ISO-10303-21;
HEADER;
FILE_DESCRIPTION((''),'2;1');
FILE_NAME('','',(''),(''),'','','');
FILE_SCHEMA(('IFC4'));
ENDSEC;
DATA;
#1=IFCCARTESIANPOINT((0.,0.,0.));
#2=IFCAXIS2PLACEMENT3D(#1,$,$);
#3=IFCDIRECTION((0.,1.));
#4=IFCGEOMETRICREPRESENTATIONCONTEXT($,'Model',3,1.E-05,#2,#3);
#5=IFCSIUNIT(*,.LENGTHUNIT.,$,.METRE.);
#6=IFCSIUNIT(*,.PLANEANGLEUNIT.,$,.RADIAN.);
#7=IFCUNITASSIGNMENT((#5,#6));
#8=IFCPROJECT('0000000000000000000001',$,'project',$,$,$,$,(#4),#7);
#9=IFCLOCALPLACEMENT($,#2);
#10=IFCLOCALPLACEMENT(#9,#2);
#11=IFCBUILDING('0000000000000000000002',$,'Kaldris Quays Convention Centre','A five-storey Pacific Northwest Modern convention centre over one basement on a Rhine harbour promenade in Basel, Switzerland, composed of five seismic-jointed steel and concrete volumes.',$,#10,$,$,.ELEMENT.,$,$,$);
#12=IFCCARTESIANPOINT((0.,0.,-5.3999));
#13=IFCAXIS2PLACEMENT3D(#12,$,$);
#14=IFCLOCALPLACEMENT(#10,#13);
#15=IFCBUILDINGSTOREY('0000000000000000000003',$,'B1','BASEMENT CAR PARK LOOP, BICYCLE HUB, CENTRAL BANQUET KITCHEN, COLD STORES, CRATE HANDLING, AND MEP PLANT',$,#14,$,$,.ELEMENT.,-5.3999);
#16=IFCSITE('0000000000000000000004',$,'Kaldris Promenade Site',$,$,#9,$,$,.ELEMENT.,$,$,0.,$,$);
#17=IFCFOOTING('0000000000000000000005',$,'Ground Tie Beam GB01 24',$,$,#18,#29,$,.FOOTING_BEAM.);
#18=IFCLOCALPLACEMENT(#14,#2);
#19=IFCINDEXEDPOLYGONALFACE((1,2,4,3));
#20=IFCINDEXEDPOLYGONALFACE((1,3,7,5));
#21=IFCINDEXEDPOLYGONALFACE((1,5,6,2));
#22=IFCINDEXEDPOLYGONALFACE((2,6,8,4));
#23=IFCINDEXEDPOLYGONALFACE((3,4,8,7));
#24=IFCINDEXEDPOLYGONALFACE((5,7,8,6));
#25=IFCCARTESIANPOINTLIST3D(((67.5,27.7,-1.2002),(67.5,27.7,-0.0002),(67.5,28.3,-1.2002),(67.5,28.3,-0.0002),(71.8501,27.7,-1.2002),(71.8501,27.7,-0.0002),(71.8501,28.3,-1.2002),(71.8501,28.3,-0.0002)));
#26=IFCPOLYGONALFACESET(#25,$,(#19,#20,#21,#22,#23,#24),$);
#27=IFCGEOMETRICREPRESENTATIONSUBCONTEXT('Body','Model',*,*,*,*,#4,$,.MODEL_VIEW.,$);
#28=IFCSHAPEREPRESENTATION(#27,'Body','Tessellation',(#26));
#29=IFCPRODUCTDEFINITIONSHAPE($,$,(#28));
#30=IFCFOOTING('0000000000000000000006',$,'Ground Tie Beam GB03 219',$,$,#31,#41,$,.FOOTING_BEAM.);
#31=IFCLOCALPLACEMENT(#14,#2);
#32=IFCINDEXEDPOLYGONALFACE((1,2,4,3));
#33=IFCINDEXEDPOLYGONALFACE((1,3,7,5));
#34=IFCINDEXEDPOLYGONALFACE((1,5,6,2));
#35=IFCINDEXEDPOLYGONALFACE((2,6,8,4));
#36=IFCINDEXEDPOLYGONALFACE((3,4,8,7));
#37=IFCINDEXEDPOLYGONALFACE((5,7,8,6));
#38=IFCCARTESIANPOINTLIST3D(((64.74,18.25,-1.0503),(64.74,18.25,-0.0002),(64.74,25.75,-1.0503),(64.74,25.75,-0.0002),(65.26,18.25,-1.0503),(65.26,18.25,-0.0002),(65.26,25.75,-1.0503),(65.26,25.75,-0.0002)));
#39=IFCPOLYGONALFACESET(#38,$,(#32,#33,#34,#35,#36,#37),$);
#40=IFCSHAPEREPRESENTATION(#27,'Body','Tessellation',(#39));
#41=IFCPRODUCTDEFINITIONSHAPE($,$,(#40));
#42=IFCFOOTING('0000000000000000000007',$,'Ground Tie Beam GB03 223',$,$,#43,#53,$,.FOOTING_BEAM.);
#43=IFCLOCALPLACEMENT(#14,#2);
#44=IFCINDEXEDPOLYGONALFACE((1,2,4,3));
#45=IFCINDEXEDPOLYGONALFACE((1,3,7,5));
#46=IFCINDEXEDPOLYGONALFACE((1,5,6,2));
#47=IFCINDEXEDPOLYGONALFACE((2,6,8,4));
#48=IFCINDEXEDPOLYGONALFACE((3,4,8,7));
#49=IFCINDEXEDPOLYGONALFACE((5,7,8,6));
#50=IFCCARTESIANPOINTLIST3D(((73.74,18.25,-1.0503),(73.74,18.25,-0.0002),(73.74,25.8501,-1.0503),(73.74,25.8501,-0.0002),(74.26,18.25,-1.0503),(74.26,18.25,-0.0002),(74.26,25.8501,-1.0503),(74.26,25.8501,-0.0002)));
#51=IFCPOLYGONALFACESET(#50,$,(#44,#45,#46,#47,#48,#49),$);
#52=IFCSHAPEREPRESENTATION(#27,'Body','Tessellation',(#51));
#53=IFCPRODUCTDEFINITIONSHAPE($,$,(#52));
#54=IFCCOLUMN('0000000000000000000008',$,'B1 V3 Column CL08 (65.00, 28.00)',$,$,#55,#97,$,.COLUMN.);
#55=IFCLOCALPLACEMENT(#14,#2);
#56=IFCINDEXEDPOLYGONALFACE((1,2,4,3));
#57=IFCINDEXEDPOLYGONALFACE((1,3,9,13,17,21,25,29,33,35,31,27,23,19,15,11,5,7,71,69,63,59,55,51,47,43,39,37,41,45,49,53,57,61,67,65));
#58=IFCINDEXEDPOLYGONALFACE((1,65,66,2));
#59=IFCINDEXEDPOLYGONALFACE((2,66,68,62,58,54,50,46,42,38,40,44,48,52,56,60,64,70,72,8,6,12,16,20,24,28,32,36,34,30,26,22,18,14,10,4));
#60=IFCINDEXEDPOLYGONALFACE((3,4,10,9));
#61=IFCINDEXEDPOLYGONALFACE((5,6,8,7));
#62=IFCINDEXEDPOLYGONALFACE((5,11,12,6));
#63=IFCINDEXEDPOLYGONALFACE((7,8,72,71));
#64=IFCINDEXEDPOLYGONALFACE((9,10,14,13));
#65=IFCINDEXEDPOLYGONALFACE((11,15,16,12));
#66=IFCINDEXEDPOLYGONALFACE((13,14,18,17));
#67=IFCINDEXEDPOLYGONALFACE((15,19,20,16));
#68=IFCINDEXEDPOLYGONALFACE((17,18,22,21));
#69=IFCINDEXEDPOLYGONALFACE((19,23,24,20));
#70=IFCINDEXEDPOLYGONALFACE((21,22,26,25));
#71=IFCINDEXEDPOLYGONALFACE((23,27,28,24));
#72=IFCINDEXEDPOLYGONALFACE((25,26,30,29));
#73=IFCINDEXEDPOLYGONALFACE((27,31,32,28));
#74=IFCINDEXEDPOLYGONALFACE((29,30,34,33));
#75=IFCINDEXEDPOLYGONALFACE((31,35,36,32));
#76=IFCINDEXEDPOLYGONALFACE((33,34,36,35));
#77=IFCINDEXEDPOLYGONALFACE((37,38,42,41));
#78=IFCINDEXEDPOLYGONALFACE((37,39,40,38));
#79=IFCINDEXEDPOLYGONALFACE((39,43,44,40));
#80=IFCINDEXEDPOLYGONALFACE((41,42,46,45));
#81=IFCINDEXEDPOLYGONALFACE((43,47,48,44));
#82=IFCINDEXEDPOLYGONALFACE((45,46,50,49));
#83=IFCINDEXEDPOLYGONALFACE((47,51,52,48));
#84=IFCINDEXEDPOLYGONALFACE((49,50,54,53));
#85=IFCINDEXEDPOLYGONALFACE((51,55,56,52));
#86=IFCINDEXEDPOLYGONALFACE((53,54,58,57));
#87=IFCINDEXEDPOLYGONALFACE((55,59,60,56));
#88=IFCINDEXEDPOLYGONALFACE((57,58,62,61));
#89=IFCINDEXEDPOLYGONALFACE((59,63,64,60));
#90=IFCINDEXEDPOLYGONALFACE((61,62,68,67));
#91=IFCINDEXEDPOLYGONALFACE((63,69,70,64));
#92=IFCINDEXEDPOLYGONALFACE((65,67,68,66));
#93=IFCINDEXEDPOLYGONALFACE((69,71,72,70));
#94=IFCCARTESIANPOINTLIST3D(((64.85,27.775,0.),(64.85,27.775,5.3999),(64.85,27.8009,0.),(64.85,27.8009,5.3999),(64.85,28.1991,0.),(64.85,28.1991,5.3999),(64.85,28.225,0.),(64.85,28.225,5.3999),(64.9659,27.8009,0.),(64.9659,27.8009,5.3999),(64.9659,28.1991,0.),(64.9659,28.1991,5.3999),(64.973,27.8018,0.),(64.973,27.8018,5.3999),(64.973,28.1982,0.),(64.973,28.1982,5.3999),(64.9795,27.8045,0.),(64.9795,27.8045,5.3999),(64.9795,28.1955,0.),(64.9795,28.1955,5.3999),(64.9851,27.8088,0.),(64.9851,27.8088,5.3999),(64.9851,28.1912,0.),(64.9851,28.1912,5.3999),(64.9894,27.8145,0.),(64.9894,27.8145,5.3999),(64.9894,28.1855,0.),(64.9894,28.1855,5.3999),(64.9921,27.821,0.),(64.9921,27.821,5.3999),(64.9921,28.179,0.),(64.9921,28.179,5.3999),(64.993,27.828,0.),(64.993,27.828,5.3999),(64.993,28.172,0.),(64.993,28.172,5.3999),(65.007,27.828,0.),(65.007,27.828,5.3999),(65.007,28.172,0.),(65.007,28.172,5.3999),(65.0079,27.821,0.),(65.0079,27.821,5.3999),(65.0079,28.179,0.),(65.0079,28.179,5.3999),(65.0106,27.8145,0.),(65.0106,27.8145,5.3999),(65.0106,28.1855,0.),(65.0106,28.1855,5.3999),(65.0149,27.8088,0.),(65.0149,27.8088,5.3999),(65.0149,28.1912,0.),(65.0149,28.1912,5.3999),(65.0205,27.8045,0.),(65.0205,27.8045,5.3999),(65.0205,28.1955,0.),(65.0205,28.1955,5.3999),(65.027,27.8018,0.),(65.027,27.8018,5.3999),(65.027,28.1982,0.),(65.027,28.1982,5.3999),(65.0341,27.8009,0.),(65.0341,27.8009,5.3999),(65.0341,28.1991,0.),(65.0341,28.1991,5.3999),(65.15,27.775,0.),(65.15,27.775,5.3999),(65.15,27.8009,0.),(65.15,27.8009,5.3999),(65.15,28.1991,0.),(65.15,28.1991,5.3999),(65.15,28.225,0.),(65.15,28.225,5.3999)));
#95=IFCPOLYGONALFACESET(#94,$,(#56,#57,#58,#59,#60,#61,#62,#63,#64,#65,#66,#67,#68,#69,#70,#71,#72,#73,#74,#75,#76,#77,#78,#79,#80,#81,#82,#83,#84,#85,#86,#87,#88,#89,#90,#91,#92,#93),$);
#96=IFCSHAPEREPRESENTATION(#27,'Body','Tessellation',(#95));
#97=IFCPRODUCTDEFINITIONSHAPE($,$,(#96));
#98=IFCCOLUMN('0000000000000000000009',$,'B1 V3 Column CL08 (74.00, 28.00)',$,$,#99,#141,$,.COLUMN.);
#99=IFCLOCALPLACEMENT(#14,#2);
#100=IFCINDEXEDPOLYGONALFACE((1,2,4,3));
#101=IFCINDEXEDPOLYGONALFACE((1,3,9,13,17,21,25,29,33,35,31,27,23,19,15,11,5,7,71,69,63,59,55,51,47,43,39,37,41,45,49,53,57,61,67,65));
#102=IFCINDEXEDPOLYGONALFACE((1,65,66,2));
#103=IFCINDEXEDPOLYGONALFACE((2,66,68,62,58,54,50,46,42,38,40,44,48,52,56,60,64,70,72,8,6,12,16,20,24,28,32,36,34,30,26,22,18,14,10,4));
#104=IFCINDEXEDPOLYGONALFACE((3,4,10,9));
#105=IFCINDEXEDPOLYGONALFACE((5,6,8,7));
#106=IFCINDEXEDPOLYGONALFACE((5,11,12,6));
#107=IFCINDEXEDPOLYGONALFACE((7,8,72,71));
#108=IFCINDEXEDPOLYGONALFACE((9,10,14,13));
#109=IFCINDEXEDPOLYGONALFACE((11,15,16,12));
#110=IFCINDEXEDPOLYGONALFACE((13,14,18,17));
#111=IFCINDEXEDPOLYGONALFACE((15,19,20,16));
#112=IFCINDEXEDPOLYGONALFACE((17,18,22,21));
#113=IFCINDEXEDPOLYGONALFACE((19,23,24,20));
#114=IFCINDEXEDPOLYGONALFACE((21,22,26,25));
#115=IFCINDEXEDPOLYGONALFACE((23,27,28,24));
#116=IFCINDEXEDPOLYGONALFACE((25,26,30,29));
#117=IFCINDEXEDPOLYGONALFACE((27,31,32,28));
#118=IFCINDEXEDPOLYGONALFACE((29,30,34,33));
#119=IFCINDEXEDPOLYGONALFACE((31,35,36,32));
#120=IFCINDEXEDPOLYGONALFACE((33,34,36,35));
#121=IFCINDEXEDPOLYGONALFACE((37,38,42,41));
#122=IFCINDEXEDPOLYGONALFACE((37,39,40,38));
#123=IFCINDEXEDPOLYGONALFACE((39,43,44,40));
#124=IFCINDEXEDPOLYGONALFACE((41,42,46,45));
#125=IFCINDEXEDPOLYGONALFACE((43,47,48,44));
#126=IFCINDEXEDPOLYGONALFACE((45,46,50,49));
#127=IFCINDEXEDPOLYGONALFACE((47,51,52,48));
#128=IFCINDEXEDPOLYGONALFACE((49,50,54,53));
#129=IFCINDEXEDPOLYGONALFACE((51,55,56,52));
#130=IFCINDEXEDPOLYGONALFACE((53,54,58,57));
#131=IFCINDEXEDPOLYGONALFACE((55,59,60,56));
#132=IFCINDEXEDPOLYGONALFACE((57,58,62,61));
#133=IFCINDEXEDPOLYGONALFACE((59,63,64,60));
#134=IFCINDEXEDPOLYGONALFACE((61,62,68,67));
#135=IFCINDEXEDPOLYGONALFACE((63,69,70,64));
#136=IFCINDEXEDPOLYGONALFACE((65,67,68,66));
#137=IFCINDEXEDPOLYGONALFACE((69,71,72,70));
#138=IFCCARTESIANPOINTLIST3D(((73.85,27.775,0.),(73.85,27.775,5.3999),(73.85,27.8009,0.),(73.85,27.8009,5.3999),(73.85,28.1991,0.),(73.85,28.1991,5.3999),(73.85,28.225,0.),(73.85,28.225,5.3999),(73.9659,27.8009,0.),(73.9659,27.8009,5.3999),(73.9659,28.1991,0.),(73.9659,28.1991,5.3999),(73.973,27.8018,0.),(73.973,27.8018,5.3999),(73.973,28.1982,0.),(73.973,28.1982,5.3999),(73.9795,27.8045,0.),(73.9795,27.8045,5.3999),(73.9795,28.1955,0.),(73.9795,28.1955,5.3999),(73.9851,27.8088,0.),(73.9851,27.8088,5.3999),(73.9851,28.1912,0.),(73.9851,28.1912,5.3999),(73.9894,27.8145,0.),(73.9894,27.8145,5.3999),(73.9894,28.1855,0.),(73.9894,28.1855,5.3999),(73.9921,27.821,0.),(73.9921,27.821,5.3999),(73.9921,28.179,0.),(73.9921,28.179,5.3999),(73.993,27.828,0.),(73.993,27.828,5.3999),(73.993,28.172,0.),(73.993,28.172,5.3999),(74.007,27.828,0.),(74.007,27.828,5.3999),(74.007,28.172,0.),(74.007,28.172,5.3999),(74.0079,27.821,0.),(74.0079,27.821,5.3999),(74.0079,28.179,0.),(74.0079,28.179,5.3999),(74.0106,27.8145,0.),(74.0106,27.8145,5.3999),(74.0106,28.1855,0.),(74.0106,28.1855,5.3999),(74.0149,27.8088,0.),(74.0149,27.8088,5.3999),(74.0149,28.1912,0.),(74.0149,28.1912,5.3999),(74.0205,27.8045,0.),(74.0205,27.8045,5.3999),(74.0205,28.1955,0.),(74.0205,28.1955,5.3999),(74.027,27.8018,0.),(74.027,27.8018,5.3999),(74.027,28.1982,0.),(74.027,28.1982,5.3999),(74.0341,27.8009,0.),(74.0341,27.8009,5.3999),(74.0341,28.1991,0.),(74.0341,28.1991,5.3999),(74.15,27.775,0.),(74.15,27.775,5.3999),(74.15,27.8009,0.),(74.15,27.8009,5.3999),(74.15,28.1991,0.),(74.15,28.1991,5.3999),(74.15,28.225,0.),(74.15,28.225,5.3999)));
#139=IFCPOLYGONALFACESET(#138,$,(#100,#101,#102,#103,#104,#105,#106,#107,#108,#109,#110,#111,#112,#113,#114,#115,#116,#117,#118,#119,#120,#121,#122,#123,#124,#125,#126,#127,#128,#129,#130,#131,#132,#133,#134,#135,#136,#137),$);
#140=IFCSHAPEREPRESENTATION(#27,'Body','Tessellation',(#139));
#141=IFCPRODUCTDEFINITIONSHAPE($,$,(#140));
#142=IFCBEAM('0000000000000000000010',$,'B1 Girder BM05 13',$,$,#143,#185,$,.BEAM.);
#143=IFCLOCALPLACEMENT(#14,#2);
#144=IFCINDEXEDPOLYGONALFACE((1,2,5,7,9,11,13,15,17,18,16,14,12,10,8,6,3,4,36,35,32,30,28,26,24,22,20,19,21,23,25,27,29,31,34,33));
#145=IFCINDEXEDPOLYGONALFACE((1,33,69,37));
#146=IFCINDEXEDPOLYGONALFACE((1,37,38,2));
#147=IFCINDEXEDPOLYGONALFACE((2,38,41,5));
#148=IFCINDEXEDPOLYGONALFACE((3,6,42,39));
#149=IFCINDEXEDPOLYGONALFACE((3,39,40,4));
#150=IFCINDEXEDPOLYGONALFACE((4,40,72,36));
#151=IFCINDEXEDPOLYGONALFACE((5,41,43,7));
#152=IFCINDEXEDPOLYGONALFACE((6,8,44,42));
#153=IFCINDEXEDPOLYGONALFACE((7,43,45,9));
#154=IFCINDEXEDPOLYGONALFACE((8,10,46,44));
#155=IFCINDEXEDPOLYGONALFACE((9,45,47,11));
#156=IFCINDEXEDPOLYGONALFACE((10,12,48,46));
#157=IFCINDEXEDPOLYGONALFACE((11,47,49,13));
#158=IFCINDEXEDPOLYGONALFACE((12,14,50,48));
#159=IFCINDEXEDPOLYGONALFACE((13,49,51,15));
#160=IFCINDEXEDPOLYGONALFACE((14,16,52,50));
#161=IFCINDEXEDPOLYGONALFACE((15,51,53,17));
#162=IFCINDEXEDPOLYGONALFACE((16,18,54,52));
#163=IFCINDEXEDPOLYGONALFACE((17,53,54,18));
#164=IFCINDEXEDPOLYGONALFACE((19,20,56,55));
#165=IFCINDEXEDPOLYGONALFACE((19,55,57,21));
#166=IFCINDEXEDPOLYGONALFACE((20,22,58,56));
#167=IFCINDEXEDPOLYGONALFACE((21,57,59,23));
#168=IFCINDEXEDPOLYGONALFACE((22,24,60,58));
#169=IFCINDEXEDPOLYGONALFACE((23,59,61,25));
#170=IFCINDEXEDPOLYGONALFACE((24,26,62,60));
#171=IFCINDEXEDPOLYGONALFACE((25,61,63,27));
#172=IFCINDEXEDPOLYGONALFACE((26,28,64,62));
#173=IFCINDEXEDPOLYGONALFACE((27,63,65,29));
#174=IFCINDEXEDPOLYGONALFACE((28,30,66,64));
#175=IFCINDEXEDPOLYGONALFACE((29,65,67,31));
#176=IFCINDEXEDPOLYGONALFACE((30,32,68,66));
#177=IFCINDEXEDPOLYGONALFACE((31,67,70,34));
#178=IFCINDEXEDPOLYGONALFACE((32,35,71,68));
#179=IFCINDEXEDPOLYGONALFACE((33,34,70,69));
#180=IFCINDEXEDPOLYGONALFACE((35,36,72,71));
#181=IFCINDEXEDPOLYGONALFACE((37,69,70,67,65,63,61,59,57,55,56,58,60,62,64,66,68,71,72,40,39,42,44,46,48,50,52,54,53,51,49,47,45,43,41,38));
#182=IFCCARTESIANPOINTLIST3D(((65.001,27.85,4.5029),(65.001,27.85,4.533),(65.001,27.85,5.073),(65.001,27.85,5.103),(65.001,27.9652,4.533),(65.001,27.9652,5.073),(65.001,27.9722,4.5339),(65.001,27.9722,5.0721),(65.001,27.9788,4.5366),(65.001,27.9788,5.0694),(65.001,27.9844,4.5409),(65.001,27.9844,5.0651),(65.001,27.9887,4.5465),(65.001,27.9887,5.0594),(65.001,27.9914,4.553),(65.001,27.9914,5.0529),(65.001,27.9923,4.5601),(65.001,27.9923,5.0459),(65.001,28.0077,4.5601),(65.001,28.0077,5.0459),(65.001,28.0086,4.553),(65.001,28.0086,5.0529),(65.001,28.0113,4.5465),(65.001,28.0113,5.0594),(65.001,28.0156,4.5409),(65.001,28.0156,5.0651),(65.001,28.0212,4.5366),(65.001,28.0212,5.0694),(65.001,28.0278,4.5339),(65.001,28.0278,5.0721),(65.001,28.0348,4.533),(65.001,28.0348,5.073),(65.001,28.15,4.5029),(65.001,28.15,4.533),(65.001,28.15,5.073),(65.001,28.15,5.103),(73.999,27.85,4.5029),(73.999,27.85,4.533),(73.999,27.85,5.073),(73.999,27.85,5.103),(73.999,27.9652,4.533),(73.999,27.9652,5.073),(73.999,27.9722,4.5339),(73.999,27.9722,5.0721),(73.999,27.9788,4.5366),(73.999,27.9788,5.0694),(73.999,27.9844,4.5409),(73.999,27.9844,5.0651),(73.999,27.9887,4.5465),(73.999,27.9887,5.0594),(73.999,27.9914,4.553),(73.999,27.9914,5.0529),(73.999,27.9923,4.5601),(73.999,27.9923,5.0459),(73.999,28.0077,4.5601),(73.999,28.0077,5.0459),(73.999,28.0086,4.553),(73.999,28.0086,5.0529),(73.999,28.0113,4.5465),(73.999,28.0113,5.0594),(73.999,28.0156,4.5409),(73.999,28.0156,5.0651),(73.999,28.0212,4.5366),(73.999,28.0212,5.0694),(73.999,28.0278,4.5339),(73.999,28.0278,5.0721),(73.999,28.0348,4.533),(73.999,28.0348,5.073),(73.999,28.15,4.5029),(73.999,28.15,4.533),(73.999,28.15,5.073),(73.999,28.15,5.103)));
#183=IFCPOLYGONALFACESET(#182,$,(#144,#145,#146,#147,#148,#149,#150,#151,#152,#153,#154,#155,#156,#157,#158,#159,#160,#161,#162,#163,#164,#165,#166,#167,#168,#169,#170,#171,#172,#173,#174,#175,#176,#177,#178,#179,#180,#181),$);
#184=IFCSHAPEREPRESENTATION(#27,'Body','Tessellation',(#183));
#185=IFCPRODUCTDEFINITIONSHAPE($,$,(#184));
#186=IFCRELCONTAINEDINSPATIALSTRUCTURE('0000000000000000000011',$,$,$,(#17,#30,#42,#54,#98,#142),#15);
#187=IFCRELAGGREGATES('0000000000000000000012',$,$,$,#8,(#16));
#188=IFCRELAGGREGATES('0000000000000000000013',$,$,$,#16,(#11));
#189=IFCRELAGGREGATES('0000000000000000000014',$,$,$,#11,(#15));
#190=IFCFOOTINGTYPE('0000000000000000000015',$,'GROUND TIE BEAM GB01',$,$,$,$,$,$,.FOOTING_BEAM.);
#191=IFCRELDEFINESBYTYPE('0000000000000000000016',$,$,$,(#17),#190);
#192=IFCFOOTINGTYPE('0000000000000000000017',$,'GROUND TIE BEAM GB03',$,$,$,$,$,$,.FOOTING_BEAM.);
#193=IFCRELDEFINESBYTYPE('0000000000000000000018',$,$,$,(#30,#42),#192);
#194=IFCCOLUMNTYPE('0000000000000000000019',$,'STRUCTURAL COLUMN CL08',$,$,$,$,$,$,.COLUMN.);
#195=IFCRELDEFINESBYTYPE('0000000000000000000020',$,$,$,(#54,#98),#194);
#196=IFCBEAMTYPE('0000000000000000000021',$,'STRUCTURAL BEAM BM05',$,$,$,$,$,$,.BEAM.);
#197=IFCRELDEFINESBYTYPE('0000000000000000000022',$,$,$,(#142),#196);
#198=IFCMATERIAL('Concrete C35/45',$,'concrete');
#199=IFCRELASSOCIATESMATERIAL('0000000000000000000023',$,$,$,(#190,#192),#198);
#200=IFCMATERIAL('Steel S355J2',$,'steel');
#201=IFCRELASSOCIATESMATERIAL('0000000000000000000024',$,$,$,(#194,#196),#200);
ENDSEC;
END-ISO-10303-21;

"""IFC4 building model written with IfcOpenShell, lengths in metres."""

from ifc_helpers import new_model, si_unit, direction, frame, origin, origin_2d, place, context, subcontext, project, spatial, rectangle, i_section, extrude, material, material_profile, profile_set, type_object, element, save


model = new_model("IFC4")

# Units and contexts
model_context = context("Model", 3, precision=1e-05, world=origin(), true_north=direction((0.0, 1.0)))
body_context = subcontext(model_context, "Body", "Model", "MODEL_VIEW")
ifc_project = project(units=[si_unit("LENGTHUNIT", "METRE"), si_unit("PLANEANGLEUNIT", "RADIAN")], contexts=[model_context])

# Site, building, storey
site_placement = place(None, origin())
site = spatial("IfcSite", under=ifc_project, at=site_placement, Name="Kaldris Promenade Site", CompositionType="ELEMENT", RefElevation=0.0)
building_placement = place(site_placement, origin())
building = spatial("IfcBuilding", under=site, at=building_placement, Name="Kaldris Quays Convention Centre", Description="A five-storey Pacific Northwest Modern convention centre over one basement on a Rhine harbour promenade in Basel, Switzerland, composed of five seismic-jointed steel and concrete volumes.", CompositionType="ELEMENT")
storey_placement = place(building_placement, frame((0.0, 0.0, -5.3999)))
storey = spatial("IfcBuildingStorey", under=building, at=storey_placement, Name="B1", Description="BASEMENT CAR PARK LOOP, BICYCLE HUB, CENTRAL BANQUET KITCHEN, COLD STORES, CRATE HANDLING, AND MEP PLANT", CompositionType="ELEMENT", Elevation=-5.3999)

# Shared definitions
ifc_material_1 = material(Name="Concrete C35/45", Category="concrete")

# Footings
footing_type_1 = type_object("IfcFootingType", Name="GROUND TIE BEAM GB01", PredefinedType="FOOTING_BEAM", material=ifc_material_1)
footing_1_placement = place(storey_placement, frame((69.675, 28.0, -1.2002), z_axis=(0.0, 0.0, 1.0), x_axis=(1.0, 0.0, 0.0)))
element("IfcFooting", 1, at=footing_1_placement, inside=storey, type_object=footing_type_1, Name="Ground Tie Beam GB01 24", PredefinedType="FOOTING_BEAM", context=body_context, shape_type="SweptSolid", body=[
    extrude(rectangle(XDim=4.3501, YDim=0.6001, at=origin_2d()), origin(), (0.0, 0.0, 1.0), 1.2),
])
footing_type_2 = type_object("IfcFootingType", Name="GROUND TIE BEAM GB03", PredefinedType="FOOTING_BEAM", material=ifc_material_1)
footing_2_placement = place(storey_placement, frame((65.0, 22.0, -1.0503), z_axis=(0.0, 0.0, 1.0), x_axis=(1.0, 0.0, 0.0)))
element("IfcFooting", 2, at=footing_2_placement, inside=storey, type_object=footing_type_2, Name="Ground Tie Beam GB03 219", PredefinedType="FOOTING_BEAM", context=body_context, shape_type="SweptSolid", body=[
    extrude(rectangle(XDim=0.52, YDim=7.5, at=origin_2d()), origin(), (0.0, 0.0, 1.0), 1.05),
])
footing_3_placement = place(storey_placement, frame((74.0, 22.05, -1.0503), z_axis=(0.0, 0.0, 1.0), x_axis=(1.0, 0.0, 0.0)))
element("IfcFooting", 3, at=footing_3_placement, inside=storey, type_object=footing_type_2, Name="Ground Tie Beam GB03 223", PredefinedType="FOOTING_BEAM", context=body_context, shape_type="SweptSolid", body=[
    extrude(rectangle(XDim=0.52, YDim=7.6001, at=origin_2d()), origin(), (0.0, 0.0, 1.0), 1.05),
])

# Columns
ifc_material_2 = material(Name="Steel S355J2", Category="steel")
ifc_material_profile_1 = material_profile(ifc_material_2, i_section(OverallWidth=0.3, OverallDepth=0.45, WebThickness=0.0139, FlangeThickness=0.0259, FilletRadius=0.0271, at=origin_2d()), Name="HEB 450")
ifc_profile_set_1 = profile_set([ifc_material_profile_1], Name="Steel S355J2")
column_type = type_object("IfcColumnType", Name="STRUCTURAL COLUMN CL08", PredefinedType="COLUMN", material=ifc_profile_set_1)
for number, where, z_axis, x_axis, name in (
    (4, (65.0, 28.0, 0.0), (0.0, 0.0, 1.0), (1.0, 0.0, 0.0), "B1 V3 Column CL08 (65.00, 28.00)"),
    (5, (74.0, 28.0, 0.0), (0.0, 0.0, 1.0), (1.0, 0.0, 0.0), "B1 V3 Column CL08 (74.00, 28.00)"),
):
    element("IfcColumn", number, at=place(storey_placement, frame(where, z_axis=z_axis, x_axis=x_axis)), inside=storey, type_object=column_type, Name=name, PredefinedType="COLUMN", context=body_context, shape_type="SweptSolid", body=[
        extrude(i_section(OverallWidth=0.3, OverallDepth=0.45, WebThickness=0.0139, FlangeThickness=0.0259, FilletRadius=0.0271, at=origin_2d()), origin(), (0.0, 0.0, 1.0), 5.3999),
    ])

# Beam
ifc_material_profile_2 = material_profile(ifc_material_2, i_section(OverallWidth=0.3, OverallDepth=0.6001, WebThickness=0.0154, FlangeThickness=0.03, FilletRadius=0.0271, at=origin_2d()), Name="HEB 600")
ifc_profile_set_2 = profile_set([ifc_material_profile_2], Name="Steel S355J2")
beam_type_1 = type_object("IfcBeamType", Name="STRUCTURAL BEAM BM05", PredefinedType="BEAM", material=ifc_profile_set_2)
beam_1_placement = place(storey_placement, frame((65.001, 28.0, 4.803), z_axis=(1.0, 0.0, 0.0), x_axis=(0.0, 1.0, 0.0)))
element("IfcBeam", 6, at=beam_1_placement, inside=storey, type_object=beam_type_1, Name="B1 Girder BM05 13", PredefinedType="BEAM", context=body_context, shape_type="SweptSolid", body=[
    extrude(i_section(OverallWidth=0.3, OverallDepth=0.6001, WebThickness=0.0154, FlangeThickness=0.03, FilletRadius=0.0271, at=origin_2d()), origin(), (0.0, 0.0, 1.0), 8.998),
])

save(model, "model.ifc")
